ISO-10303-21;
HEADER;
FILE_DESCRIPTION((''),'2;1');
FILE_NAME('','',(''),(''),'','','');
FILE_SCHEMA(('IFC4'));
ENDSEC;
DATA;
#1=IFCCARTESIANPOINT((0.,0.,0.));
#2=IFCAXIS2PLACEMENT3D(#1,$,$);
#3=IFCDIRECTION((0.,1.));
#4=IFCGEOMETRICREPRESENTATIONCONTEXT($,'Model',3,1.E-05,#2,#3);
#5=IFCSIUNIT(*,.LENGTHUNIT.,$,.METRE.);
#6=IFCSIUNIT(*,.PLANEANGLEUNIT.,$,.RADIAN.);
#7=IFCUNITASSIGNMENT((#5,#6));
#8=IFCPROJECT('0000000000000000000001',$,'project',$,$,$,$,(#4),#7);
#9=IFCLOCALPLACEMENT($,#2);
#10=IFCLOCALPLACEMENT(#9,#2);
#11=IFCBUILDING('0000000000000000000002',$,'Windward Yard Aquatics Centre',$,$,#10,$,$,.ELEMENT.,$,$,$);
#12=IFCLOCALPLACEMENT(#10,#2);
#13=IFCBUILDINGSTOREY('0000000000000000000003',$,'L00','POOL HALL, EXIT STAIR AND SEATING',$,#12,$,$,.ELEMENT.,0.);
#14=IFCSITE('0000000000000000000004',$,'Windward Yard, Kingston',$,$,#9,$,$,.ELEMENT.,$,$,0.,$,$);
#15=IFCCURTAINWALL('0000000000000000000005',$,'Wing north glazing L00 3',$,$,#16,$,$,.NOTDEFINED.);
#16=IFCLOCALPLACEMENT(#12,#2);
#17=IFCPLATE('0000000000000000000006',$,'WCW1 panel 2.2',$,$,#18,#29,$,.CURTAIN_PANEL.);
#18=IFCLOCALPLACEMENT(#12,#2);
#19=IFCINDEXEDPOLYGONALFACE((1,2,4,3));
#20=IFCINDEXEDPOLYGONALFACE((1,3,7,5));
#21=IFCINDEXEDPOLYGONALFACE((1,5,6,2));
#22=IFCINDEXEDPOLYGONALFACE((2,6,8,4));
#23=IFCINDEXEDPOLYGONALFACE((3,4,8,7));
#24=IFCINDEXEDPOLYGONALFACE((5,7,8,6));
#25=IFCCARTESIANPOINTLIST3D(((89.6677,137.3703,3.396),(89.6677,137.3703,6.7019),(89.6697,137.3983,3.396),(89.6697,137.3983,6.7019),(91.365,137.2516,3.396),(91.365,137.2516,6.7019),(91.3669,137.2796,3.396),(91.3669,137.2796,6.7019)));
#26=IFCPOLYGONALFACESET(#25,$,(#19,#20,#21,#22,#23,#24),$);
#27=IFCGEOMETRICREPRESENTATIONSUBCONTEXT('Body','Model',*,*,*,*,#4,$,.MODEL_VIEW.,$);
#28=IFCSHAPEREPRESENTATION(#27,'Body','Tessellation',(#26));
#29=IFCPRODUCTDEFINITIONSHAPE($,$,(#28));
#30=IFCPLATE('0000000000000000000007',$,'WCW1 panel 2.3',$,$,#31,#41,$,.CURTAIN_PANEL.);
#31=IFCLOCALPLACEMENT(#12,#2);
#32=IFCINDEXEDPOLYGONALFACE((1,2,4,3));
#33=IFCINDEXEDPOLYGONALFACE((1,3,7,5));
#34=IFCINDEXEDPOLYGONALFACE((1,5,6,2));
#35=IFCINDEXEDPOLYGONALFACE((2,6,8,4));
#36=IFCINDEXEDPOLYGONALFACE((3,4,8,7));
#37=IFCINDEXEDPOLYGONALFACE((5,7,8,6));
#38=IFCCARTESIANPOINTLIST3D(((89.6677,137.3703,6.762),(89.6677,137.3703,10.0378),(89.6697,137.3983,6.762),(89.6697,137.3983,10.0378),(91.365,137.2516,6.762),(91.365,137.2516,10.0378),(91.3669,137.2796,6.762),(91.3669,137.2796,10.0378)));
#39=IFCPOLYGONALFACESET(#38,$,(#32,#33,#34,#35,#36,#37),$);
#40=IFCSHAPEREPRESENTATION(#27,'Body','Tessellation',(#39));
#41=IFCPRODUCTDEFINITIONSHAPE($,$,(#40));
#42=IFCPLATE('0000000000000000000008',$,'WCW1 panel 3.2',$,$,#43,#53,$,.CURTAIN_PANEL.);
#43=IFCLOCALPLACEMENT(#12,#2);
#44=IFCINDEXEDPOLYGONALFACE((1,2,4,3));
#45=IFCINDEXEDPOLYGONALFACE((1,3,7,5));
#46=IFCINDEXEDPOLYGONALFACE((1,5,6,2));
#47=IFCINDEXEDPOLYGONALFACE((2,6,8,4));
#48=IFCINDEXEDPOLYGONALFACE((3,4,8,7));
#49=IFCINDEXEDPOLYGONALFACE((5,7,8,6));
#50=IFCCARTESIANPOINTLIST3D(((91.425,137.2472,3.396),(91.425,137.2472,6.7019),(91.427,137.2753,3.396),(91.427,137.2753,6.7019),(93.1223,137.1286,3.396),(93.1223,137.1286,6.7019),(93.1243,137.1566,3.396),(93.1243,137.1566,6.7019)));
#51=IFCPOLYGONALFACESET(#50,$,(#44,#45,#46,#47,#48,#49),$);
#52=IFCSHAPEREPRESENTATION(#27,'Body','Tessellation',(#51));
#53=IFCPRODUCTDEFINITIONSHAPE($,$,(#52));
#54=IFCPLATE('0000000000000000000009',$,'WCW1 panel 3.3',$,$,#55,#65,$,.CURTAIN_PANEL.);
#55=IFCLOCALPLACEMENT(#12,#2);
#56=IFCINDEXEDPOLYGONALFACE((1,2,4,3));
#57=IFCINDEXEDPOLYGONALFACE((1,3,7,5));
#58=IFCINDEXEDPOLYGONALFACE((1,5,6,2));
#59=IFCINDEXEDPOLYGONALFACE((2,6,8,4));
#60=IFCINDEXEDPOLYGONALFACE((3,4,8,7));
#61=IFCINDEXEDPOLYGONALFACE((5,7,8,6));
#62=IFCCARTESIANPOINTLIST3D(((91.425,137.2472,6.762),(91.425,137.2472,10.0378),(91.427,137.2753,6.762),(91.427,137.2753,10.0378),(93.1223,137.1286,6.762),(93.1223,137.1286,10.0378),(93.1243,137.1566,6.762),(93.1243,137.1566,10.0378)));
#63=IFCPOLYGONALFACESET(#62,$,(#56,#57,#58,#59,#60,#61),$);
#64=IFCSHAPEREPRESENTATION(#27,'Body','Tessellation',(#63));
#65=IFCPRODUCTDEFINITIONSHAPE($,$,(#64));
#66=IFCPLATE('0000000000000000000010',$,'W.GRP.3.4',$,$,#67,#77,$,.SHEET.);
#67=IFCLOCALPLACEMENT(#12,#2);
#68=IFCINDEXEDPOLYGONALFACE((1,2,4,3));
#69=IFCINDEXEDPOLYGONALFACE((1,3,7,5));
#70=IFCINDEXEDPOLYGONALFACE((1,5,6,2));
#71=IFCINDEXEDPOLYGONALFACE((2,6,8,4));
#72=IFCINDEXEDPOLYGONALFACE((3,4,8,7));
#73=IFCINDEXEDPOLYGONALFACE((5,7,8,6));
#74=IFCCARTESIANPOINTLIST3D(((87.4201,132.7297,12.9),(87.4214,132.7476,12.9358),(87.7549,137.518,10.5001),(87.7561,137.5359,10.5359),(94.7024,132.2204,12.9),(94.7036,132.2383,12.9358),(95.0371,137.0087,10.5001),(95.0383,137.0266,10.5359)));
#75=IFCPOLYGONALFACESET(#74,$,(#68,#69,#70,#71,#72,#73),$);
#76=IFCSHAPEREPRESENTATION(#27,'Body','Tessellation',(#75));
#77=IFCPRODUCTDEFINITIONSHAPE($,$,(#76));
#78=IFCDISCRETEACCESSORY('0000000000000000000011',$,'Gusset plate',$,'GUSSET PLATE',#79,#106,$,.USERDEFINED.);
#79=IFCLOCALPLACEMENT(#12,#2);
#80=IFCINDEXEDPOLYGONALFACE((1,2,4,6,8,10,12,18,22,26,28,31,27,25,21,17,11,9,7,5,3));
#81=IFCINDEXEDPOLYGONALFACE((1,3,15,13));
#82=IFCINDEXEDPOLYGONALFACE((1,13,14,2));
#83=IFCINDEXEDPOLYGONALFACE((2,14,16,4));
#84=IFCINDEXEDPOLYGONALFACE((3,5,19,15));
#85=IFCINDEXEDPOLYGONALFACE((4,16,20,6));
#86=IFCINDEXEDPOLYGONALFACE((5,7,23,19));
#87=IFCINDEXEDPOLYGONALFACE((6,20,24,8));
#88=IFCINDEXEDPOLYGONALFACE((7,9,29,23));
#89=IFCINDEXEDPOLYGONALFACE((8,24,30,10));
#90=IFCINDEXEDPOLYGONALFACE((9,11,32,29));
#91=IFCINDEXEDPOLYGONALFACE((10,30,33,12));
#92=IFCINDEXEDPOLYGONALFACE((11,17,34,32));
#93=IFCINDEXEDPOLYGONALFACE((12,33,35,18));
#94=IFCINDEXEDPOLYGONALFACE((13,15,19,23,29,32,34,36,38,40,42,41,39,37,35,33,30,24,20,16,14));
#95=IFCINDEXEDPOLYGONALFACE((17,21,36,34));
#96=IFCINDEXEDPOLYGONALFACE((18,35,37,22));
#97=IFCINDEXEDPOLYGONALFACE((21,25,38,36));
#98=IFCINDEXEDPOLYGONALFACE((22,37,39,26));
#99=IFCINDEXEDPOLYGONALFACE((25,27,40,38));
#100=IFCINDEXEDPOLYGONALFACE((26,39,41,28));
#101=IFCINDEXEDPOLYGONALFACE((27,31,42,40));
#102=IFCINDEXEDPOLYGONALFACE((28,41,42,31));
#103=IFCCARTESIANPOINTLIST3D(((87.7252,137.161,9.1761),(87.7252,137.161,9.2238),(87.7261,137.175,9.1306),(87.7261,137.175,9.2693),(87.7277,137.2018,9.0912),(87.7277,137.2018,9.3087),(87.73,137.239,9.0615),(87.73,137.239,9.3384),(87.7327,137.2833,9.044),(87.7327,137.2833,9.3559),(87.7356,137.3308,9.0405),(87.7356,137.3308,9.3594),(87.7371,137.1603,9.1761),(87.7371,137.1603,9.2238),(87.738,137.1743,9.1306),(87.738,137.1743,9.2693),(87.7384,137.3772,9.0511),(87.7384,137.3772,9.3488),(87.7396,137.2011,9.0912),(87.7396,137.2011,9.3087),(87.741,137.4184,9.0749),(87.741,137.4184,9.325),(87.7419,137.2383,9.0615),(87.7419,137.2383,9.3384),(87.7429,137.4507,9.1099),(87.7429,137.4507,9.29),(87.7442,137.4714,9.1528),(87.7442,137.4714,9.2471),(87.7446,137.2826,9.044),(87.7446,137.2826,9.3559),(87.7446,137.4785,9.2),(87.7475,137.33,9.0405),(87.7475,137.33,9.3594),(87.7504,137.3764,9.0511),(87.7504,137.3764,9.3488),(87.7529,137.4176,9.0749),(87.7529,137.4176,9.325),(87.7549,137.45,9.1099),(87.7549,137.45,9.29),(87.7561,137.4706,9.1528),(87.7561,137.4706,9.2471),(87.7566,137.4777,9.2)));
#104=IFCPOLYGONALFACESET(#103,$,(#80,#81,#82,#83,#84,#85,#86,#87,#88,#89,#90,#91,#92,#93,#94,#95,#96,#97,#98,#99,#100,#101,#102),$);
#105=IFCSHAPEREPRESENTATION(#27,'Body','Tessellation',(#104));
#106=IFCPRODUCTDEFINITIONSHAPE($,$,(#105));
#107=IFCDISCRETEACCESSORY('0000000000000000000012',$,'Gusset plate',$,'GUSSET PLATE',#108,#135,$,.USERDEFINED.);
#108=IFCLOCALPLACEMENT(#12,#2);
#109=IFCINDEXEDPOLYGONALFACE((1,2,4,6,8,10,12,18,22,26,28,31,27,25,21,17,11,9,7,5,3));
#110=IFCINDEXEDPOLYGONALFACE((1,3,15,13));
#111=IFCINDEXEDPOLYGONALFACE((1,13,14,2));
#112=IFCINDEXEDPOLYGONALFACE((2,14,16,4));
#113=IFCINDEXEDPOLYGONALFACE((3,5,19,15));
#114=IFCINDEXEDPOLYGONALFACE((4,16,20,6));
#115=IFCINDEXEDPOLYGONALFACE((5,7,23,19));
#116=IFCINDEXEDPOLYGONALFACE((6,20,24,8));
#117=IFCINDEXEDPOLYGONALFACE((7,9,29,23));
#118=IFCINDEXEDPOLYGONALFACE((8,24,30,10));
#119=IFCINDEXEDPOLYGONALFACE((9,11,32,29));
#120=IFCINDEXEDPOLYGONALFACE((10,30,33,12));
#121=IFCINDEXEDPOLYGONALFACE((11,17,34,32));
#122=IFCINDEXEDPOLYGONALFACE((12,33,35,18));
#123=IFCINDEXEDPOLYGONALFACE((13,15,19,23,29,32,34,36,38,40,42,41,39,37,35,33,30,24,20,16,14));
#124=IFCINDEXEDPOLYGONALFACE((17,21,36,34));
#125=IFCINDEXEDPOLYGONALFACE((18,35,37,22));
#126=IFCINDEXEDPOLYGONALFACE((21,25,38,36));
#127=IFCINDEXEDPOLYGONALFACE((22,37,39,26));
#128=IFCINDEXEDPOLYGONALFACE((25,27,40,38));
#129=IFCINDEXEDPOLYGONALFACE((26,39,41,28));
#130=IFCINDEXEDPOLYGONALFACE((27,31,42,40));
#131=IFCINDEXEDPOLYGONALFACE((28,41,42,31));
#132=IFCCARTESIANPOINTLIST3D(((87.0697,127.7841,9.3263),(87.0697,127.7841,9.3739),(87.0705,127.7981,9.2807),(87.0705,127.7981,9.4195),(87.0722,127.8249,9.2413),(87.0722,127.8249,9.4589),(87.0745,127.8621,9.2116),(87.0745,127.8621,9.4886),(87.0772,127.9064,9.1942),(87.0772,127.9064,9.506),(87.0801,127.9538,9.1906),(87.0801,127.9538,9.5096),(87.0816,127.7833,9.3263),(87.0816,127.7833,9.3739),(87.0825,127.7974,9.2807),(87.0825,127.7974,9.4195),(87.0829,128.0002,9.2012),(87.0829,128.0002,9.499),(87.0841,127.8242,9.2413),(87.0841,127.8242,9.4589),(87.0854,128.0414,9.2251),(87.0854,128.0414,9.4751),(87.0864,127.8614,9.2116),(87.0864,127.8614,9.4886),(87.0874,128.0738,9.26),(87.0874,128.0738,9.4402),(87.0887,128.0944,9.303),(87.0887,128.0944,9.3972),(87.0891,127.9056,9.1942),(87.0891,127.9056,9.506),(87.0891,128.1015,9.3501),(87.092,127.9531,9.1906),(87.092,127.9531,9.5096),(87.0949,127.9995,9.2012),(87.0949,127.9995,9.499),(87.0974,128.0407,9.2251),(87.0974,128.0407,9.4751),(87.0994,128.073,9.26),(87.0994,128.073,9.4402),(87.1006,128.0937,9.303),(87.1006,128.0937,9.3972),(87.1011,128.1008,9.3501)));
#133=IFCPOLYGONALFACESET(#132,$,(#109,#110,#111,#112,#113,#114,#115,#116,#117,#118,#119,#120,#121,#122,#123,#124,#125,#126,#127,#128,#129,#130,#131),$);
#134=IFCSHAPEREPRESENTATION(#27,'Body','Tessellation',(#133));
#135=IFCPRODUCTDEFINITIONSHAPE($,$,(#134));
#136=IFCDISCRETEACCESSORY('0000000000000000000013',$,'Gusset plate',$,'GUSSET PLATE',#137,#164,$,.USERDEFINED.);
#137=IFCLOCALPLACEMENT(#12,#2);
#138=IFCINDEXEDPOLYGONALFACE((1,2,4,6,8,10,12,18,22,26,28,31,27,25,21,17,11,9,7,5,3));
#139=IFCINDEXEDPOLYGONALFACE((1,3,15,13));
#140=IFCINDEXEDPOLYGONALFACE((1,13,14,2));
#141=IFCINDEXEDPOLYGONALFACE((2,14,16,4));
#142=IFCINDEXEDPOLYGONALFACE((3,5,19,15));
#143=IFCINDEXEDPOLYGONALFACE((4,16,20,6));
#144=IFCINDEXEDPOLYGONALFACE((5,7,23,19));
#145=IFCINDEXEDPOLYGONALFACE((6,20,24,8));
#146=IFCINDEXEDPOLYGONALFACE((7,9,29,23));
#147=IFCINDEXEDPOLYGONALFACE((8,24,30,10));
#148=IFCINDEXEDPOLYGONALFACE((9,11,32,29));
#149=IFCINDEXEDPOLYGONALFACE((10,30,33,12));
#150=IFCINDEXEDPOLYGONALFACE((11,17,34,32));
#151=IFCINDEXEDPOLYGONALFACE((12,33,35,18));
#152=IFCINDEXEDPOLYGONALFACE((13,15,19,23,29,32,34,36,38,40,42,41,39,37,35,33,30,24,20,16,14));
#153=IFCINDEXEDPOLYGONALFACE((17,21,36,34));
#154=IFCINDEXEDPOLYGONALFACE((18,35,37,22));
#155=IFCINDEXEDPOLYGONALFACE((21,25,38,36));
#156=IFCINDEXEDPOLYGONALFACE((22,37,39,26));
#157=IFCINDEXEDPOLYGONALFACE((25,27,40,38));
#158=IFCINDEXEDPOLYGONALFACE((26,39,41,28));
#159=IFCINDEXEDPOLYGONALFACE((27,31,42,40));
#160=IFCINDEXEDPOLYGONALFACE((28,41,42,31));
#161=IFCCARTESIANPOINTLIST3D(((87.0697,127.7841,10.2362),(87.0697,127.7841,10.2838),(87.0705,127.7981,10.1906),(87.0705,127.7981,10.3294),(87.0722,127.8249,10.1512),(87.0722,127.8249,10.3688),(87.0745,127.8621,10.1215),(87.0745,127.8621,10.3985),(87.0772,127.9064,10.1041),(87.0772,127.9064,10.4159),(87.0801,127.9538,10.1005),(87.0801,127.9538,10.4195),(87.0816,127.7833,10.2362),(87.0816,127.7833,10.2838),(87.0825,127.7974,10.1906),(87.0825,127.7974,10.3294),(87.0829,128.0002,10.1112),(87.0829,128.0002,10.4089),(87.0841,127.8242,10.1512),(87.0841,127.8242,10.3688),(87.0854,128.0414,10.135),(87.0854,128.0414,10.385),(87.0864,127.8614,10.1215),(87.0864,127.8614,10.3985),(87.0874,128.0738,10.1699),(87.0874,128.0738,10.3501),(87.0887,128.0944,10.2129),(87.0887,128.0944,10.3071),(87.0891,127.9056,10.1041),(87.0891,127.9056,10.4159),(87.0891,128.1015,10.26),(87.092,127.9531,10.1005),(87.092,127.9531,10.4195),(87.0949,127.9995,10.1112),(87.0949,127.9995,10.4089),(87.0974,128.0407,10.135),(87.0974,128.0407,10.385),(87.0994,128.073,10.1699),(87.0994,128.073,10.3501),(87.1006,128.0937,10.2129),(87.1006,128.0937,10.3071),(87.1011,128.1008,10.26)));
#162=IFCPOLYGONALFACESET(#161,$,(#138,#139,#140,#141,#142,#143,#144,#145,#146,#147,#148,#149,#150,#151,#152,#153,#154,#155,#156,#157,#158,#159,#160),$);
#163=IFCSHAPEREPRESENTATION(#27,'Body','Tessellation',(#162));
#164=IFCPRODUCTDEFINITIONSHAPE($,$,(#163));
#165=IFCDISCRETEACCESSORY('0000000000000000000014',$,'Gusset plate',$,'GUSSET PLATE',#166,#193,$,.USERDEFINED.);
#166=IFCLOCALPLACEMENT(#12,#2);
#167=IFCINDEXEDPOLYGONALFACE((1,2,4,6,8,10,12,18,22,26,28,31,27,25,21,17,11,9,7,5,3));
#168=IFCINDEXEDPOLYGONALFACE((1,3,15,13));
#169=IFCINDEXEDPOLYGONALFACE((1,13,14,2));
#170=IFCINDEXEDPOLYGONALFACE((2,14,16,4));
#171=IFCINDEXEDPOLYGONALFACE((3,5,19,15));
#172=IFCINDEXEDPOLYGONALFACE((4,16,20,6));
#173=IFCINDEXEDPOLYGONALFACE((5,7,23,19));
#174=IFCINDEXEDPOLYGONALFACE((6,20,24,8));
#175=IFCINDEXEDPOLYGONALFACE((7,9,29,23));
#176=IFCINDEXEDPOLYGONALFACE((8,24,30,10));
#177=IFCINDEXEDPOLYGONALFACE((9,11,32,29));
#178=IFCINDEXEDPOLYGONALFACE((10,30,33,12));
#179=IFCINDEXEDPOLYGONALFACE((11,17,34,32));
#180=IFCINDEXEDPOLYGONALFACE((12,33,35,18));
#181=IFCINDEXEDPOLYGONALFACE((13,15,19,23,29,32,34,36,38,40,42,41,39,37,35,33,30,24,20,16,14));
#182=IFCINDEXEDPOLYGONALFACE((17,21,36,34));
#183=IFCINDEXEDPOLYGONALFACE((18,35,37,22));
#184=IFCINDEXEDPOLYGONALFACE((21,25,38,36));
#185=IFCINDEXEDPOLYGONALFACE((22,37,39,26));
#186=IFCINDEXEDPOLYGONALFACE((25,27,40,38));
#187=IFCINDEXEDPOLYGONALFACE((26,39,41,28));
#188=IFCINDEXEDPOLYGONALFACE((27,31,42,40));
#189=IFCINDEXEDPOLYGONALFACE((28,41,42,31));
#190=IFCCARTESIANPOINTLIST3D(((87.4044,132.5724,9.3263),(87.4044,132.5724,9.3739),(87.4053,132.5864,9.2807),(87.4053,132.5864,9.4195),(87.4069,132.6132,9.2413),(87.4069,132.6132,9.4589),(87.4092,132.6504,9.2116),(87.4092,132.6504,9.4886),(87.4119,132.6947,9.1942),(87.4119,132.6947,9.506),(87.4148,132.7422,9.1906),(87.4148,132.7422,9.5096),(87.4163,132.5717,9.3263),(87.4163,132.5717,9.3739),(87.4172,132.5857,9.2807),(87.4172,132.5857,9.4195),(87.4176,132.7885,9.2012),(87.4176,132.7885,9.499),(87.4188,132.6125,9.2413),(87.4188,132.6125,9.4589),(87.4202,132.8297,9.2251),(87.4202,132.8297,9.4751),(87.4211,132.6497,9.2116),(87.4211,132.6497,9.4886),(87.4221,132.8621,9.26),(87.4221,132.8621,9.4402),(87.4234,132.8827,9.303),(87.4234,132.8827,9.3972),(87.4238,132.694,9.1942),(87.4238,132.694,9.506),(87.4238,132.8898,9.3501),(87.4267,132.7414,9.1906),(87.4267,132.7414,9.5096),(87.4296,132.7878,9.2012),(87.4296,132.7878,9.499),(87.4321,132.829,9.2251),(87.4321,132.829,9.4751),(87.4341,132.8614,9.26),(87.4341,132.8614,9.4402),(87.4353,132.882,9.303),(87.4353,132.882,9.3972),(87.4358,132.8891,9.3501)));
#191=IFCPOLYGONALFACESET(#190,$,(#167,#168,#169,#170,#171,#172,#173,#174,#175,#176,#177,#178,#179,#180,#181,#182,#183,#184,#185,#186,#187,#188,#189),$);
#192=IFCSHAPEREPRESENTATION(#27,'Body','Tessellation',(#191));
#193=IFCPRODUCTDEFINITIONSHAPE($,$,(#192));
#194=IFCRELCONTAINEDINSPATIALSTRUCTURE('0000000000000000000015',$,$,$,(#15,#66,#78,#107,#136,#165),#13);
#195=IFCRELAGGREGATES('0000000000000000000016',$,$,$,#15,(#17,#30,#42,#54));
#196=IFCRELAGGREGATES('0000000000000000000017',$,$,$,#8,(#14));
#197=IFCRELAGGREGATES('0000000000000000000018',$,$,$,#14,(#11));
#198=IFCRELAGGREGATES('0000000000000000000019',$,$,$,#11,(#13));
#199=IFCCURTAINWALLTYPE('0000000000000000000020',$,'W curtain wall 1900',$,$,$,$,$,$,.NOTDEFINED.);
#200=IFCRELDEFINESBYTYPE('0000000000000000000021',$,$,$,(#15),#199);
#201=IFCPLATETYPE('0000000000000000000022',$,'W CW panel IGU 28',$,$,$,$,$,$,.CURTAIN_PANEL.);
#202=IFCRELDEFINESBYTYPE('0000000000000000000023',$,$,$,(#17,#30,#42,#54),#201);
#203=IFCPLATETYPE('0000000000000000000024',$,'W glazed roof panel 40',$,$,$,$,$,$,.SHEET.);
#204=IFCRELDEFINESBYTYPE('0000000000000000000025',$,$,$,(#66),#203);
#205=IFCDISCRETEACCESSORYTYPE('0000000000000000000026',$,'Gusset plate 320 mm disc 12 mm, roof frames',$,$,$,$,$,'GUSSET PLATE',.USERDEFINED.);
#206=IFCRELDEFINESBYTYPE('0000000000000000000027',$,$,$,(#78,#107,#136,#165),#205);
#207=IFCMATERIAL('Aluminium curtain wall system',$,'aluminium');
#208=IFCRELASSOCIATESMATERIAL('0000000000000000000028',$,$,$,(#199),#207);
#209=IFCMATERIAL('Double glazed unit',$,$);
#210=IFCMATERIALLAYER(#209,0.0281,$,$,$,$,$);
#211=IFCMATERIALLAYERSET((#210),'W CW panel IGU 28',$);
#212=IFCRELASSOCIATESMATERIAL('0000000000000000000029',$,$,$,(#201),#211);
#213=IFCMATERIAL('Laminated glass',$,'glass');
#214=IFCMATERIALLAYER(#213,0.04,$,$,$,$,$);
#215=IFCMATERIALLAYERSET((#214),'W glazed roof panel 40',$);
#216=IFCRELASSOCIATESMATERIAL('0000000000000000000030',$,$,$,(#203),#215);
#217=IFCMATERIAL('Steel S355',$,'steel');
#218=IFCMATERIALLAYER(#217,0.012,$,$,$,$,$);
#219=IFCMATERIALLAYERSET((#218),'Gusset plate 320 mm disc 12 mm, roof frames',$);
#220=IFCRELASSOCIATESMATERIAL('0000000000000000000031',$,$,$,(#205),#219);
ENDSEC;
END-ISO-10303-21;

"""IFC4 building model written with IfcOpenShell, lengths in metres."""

from ifc_helpers import new_model, si_unit, direction, frame, origin, origin_2d, place, context, subcontext, project, spatial, polyline, rectangle, circle, outline, extrude, material, layer, layer_set, type_object, element, aggregate, save


model = new_model("IFC4")

# Units and contexts
model_context = context("Model", 3, precision=1e-05, world=origin(), true_north=direction((0.0, 1.0)))
body_context = subcontext(model_context, "Body", "Model", "MODEL_VIEW")
ifc_project = project(units=[si_unit("LENGTHUNIT", "METRE"), si_unit("PLANEANGLEUNIT", "RADIAN")], contexts=[model_context])

# Site, building, storey
site_placement = place(None, origin())
site = spatial("IfcSite", under=ifc_project, at=site_placement, Name="Windward Yard, Kingston", CompositionType="ELEMENT", RefElevation=0.0)
building_placement = place(site_placement, origin())
building = spatial("IfcBuilding", under=site, at=building_placement, Name="Windward Yard Aquatics Centre", CompositionType="ELEMENT")
storey_placement = place(building_placement, origin())
storey = spatial("IfcBuildingStorey", under=building, at=storey_placement, Name="L00", Description="POOL HALL, EXIT STAIR AND SEATING", CompositionType="ELEMENT", Elevation=0.0)

# Shared definitions
ifc_material_1 = material(Name="Steel S355", Category="steel")

# Curtain wall
ifc_material_2 = material(Name="Aluminium curtain wall system", Category="aluminium")
curtain_wall_type = type_object("IfcCurtainWallType", Name="W curtain wall 1900", PredefinedType="NOTDEFINED", material=ifc_material_2)
curtain_wall_1_placement = place(storey_placement, origin())
curtain_wall_1 = element("IfcCurtainWall", 1, at=curtain_wall_1_placement, inside=storey, type_object=curtain_wall_type, Name="Wing north glazing L00 3", PredefinedType="NOTDEFINED")

# Plates
ifc_material_3 = material(Name="Double glazed unit")
ifc_layer_1 = layer(ifc_material_3, 0.0281)
ifc_layer_set_1 = layer_set([ifc_layer_1], Name="W CW panel IGU 28")
plate_type_1 = type_object("IfcPlateType", Name="W CW panel IGU 28", PredefinedType="CURTAIN_PANEL", material=ifc_layer_set_1)
plate_1_placement = place(storey_placement, frame((90.5173, 137.325, 3.396), z_axis=(0.0, 0.0, 1.0), x_axis=(0.997564, -0.069756, 0.0)))
plate_1 = element("IfcPlate", 2, at=plate_1_placement, type_object=plate_type_1, Name="WCW1 panel 2.2", PredefinedType="CURTAIN_PANEL", context=body_context, shape_type="SweptSolid", body=[
    extrude(rectangle(XDim=1.7014, YDim=0.0281, at=origin_2d()), origin(), (0.0, 0.0, 1.0), 3.3059),
])
plate_2_placement = place(storey_placement, frame((90.5173, 137.325, 6.762), z_axis=(0.0, 0.0, 1.0), x_axis=(0.997564, -0.069756, 0.0)))
plate_2 = element("IfcPlate", 3, at=plate_2_placement, type_object=plate_type_1, Name="WCW1 panel 2.3", PredefinedType="CURTAIN_PANEL", context=body_context, shape_type="SweptSolid", body=[
    extrude(rectangle(XDim=1.7014, YDim=0.0281, at=origin_2d()), origin(), (0.0, 0.0, 1.0), 3.2759),
])
plate_3_placement = place(storey_placement, frame((92.2747, 137.2019, 3.396), z_axis=(0.0, 0.0, 1.0), x_axis=(0.997564, -0.069756, 0.0)))
plate_3 = element("IfcPlate", 4, at=plate_3_placement, type_object=plate_type_1, Name="WCW1 panel 3.2", PredefinedType="CURTAIN_PANEL", context=body_context, shape_type="SweptSolid", body=[
    extrude(rectangle(XDim=1.7014, YDim=0.0281, at=origin_2d()), origin(), (0.0, 0.0, 1.0), 3.3059),
])
plate_4_placement = place(storey_placement, frame((92.2747, 137.2019, 6.762), z_axis=(0.0, 0.0, 1.0), x_axis=(0.997564, -0.069756, 0.0)))
plate_4 = element("IfcPlate", 5, at=plate_4_placement, type_object=plate_type_1, Name="WCW1 panel 3.3", PredefinedType="CURTAIN_PANEL", context=body_context, shape_type="SweptSolid", body=[
    extrude(rectangle(XDim=1.7014, YDim=0.0281, at=origin_2d()), origin(), (0.0, 0.0, 1.0), 3.2759),
])
aggregate(curtain_wall_1, [plate_1, plate_2, plate_3, plate_4])
ifc_material_4 = material(Name="Laminated glass", Category="glass")
ifc_layer_2 = layer(ifc_material_4, 0.04)
ifc_layer_set_2 = layer_set([ifc_layer_2], Name="W glazed roof panel 40")
plate_type_2 = type_object("IfcPlateType", Name="W glazed roof panel 40", PredefinedType="SHEET", material=ifc_layer_set_2)
plate_5_placement = place(storey_placement, frame((87.4214, 132.7476, 12.9358), z_axis=(0.031198, 0.446108, 0.894435), x_axis=(0.997564, -0.069764, 0.0)))
element("IfcPlate", 6, at=plate_5_placement, inside=storey, type_object=plate_type_2, Name="W.GRP.3.4", PredefinedType="SHEET", context=body_context, shape_type="SweptSolid", body=[
    extrude(outline(polyline([(0.0, 0.0), (7.3, 0.0), (7.2999, 5.3665), (-0.0002, 5.3665), (0.0, 0.0)])), origin(), (0.0, 0.0, -1.0), 0.04),
])

# Discrete accessories
ifc_layer_3 = layer(ifc_material_1, 0.012)
ifc_layer_set_3 = layer_set([ifc_layer_3], Name="Gusset plate 320 mm disc 12 mm, roof frames")
discrete_accessory_type = type_object("IfcDiscreteAccessoryType", Name="Gusset plate 320 mm disc 12 mm, roof frames", ElementType="GUSSET PLATE", PredefinedType="USERDEFINED", material=ifc_layer_set_3)
for number, where, z_axis, x_axis, name in (
    (7, (87.7349, 137.3188, 9.2), (0.998131, -0.06111, 0.0), (0.06111, 0.998131, 0.0), "Gusset plate"),
    (8, (87.0793, 127.9419, 9.3501), (0.998131, -0.06111, 0.0), (0.06111, 0.998131, 0.0), "Gusset plate"),
    (9, (87.0793, 127.9419, 10.26), (0.998131, -0.06111, 0.0), (0.06111, 0.998131, 0.0), "Gusset plate"),
    (10, (87.4141, 132.7302, 9.3501), (0.998131, -0.06111, 0.0), (0.06111, 0.998131, 0.0), "Gusset plate"),
):
    element("IfcDiscreteAccessory", number, at=place(storey_placement, frame(where, z_axis=z_axis, x_axis=x_axis)), inside=storey, type_object=discrete_accessory_type, Name=name, ObjectType="GUSSET PLATE", PredefinedType="USERDEFINED", context=body_context, shape_type="SweptSolid", body=[
        extrude(circle(Radius=0.1599, at=origin_2d()), origin(), (0.0, 0.0, 1.0), 0.012),
    ])

save(model, "model.ifc")
